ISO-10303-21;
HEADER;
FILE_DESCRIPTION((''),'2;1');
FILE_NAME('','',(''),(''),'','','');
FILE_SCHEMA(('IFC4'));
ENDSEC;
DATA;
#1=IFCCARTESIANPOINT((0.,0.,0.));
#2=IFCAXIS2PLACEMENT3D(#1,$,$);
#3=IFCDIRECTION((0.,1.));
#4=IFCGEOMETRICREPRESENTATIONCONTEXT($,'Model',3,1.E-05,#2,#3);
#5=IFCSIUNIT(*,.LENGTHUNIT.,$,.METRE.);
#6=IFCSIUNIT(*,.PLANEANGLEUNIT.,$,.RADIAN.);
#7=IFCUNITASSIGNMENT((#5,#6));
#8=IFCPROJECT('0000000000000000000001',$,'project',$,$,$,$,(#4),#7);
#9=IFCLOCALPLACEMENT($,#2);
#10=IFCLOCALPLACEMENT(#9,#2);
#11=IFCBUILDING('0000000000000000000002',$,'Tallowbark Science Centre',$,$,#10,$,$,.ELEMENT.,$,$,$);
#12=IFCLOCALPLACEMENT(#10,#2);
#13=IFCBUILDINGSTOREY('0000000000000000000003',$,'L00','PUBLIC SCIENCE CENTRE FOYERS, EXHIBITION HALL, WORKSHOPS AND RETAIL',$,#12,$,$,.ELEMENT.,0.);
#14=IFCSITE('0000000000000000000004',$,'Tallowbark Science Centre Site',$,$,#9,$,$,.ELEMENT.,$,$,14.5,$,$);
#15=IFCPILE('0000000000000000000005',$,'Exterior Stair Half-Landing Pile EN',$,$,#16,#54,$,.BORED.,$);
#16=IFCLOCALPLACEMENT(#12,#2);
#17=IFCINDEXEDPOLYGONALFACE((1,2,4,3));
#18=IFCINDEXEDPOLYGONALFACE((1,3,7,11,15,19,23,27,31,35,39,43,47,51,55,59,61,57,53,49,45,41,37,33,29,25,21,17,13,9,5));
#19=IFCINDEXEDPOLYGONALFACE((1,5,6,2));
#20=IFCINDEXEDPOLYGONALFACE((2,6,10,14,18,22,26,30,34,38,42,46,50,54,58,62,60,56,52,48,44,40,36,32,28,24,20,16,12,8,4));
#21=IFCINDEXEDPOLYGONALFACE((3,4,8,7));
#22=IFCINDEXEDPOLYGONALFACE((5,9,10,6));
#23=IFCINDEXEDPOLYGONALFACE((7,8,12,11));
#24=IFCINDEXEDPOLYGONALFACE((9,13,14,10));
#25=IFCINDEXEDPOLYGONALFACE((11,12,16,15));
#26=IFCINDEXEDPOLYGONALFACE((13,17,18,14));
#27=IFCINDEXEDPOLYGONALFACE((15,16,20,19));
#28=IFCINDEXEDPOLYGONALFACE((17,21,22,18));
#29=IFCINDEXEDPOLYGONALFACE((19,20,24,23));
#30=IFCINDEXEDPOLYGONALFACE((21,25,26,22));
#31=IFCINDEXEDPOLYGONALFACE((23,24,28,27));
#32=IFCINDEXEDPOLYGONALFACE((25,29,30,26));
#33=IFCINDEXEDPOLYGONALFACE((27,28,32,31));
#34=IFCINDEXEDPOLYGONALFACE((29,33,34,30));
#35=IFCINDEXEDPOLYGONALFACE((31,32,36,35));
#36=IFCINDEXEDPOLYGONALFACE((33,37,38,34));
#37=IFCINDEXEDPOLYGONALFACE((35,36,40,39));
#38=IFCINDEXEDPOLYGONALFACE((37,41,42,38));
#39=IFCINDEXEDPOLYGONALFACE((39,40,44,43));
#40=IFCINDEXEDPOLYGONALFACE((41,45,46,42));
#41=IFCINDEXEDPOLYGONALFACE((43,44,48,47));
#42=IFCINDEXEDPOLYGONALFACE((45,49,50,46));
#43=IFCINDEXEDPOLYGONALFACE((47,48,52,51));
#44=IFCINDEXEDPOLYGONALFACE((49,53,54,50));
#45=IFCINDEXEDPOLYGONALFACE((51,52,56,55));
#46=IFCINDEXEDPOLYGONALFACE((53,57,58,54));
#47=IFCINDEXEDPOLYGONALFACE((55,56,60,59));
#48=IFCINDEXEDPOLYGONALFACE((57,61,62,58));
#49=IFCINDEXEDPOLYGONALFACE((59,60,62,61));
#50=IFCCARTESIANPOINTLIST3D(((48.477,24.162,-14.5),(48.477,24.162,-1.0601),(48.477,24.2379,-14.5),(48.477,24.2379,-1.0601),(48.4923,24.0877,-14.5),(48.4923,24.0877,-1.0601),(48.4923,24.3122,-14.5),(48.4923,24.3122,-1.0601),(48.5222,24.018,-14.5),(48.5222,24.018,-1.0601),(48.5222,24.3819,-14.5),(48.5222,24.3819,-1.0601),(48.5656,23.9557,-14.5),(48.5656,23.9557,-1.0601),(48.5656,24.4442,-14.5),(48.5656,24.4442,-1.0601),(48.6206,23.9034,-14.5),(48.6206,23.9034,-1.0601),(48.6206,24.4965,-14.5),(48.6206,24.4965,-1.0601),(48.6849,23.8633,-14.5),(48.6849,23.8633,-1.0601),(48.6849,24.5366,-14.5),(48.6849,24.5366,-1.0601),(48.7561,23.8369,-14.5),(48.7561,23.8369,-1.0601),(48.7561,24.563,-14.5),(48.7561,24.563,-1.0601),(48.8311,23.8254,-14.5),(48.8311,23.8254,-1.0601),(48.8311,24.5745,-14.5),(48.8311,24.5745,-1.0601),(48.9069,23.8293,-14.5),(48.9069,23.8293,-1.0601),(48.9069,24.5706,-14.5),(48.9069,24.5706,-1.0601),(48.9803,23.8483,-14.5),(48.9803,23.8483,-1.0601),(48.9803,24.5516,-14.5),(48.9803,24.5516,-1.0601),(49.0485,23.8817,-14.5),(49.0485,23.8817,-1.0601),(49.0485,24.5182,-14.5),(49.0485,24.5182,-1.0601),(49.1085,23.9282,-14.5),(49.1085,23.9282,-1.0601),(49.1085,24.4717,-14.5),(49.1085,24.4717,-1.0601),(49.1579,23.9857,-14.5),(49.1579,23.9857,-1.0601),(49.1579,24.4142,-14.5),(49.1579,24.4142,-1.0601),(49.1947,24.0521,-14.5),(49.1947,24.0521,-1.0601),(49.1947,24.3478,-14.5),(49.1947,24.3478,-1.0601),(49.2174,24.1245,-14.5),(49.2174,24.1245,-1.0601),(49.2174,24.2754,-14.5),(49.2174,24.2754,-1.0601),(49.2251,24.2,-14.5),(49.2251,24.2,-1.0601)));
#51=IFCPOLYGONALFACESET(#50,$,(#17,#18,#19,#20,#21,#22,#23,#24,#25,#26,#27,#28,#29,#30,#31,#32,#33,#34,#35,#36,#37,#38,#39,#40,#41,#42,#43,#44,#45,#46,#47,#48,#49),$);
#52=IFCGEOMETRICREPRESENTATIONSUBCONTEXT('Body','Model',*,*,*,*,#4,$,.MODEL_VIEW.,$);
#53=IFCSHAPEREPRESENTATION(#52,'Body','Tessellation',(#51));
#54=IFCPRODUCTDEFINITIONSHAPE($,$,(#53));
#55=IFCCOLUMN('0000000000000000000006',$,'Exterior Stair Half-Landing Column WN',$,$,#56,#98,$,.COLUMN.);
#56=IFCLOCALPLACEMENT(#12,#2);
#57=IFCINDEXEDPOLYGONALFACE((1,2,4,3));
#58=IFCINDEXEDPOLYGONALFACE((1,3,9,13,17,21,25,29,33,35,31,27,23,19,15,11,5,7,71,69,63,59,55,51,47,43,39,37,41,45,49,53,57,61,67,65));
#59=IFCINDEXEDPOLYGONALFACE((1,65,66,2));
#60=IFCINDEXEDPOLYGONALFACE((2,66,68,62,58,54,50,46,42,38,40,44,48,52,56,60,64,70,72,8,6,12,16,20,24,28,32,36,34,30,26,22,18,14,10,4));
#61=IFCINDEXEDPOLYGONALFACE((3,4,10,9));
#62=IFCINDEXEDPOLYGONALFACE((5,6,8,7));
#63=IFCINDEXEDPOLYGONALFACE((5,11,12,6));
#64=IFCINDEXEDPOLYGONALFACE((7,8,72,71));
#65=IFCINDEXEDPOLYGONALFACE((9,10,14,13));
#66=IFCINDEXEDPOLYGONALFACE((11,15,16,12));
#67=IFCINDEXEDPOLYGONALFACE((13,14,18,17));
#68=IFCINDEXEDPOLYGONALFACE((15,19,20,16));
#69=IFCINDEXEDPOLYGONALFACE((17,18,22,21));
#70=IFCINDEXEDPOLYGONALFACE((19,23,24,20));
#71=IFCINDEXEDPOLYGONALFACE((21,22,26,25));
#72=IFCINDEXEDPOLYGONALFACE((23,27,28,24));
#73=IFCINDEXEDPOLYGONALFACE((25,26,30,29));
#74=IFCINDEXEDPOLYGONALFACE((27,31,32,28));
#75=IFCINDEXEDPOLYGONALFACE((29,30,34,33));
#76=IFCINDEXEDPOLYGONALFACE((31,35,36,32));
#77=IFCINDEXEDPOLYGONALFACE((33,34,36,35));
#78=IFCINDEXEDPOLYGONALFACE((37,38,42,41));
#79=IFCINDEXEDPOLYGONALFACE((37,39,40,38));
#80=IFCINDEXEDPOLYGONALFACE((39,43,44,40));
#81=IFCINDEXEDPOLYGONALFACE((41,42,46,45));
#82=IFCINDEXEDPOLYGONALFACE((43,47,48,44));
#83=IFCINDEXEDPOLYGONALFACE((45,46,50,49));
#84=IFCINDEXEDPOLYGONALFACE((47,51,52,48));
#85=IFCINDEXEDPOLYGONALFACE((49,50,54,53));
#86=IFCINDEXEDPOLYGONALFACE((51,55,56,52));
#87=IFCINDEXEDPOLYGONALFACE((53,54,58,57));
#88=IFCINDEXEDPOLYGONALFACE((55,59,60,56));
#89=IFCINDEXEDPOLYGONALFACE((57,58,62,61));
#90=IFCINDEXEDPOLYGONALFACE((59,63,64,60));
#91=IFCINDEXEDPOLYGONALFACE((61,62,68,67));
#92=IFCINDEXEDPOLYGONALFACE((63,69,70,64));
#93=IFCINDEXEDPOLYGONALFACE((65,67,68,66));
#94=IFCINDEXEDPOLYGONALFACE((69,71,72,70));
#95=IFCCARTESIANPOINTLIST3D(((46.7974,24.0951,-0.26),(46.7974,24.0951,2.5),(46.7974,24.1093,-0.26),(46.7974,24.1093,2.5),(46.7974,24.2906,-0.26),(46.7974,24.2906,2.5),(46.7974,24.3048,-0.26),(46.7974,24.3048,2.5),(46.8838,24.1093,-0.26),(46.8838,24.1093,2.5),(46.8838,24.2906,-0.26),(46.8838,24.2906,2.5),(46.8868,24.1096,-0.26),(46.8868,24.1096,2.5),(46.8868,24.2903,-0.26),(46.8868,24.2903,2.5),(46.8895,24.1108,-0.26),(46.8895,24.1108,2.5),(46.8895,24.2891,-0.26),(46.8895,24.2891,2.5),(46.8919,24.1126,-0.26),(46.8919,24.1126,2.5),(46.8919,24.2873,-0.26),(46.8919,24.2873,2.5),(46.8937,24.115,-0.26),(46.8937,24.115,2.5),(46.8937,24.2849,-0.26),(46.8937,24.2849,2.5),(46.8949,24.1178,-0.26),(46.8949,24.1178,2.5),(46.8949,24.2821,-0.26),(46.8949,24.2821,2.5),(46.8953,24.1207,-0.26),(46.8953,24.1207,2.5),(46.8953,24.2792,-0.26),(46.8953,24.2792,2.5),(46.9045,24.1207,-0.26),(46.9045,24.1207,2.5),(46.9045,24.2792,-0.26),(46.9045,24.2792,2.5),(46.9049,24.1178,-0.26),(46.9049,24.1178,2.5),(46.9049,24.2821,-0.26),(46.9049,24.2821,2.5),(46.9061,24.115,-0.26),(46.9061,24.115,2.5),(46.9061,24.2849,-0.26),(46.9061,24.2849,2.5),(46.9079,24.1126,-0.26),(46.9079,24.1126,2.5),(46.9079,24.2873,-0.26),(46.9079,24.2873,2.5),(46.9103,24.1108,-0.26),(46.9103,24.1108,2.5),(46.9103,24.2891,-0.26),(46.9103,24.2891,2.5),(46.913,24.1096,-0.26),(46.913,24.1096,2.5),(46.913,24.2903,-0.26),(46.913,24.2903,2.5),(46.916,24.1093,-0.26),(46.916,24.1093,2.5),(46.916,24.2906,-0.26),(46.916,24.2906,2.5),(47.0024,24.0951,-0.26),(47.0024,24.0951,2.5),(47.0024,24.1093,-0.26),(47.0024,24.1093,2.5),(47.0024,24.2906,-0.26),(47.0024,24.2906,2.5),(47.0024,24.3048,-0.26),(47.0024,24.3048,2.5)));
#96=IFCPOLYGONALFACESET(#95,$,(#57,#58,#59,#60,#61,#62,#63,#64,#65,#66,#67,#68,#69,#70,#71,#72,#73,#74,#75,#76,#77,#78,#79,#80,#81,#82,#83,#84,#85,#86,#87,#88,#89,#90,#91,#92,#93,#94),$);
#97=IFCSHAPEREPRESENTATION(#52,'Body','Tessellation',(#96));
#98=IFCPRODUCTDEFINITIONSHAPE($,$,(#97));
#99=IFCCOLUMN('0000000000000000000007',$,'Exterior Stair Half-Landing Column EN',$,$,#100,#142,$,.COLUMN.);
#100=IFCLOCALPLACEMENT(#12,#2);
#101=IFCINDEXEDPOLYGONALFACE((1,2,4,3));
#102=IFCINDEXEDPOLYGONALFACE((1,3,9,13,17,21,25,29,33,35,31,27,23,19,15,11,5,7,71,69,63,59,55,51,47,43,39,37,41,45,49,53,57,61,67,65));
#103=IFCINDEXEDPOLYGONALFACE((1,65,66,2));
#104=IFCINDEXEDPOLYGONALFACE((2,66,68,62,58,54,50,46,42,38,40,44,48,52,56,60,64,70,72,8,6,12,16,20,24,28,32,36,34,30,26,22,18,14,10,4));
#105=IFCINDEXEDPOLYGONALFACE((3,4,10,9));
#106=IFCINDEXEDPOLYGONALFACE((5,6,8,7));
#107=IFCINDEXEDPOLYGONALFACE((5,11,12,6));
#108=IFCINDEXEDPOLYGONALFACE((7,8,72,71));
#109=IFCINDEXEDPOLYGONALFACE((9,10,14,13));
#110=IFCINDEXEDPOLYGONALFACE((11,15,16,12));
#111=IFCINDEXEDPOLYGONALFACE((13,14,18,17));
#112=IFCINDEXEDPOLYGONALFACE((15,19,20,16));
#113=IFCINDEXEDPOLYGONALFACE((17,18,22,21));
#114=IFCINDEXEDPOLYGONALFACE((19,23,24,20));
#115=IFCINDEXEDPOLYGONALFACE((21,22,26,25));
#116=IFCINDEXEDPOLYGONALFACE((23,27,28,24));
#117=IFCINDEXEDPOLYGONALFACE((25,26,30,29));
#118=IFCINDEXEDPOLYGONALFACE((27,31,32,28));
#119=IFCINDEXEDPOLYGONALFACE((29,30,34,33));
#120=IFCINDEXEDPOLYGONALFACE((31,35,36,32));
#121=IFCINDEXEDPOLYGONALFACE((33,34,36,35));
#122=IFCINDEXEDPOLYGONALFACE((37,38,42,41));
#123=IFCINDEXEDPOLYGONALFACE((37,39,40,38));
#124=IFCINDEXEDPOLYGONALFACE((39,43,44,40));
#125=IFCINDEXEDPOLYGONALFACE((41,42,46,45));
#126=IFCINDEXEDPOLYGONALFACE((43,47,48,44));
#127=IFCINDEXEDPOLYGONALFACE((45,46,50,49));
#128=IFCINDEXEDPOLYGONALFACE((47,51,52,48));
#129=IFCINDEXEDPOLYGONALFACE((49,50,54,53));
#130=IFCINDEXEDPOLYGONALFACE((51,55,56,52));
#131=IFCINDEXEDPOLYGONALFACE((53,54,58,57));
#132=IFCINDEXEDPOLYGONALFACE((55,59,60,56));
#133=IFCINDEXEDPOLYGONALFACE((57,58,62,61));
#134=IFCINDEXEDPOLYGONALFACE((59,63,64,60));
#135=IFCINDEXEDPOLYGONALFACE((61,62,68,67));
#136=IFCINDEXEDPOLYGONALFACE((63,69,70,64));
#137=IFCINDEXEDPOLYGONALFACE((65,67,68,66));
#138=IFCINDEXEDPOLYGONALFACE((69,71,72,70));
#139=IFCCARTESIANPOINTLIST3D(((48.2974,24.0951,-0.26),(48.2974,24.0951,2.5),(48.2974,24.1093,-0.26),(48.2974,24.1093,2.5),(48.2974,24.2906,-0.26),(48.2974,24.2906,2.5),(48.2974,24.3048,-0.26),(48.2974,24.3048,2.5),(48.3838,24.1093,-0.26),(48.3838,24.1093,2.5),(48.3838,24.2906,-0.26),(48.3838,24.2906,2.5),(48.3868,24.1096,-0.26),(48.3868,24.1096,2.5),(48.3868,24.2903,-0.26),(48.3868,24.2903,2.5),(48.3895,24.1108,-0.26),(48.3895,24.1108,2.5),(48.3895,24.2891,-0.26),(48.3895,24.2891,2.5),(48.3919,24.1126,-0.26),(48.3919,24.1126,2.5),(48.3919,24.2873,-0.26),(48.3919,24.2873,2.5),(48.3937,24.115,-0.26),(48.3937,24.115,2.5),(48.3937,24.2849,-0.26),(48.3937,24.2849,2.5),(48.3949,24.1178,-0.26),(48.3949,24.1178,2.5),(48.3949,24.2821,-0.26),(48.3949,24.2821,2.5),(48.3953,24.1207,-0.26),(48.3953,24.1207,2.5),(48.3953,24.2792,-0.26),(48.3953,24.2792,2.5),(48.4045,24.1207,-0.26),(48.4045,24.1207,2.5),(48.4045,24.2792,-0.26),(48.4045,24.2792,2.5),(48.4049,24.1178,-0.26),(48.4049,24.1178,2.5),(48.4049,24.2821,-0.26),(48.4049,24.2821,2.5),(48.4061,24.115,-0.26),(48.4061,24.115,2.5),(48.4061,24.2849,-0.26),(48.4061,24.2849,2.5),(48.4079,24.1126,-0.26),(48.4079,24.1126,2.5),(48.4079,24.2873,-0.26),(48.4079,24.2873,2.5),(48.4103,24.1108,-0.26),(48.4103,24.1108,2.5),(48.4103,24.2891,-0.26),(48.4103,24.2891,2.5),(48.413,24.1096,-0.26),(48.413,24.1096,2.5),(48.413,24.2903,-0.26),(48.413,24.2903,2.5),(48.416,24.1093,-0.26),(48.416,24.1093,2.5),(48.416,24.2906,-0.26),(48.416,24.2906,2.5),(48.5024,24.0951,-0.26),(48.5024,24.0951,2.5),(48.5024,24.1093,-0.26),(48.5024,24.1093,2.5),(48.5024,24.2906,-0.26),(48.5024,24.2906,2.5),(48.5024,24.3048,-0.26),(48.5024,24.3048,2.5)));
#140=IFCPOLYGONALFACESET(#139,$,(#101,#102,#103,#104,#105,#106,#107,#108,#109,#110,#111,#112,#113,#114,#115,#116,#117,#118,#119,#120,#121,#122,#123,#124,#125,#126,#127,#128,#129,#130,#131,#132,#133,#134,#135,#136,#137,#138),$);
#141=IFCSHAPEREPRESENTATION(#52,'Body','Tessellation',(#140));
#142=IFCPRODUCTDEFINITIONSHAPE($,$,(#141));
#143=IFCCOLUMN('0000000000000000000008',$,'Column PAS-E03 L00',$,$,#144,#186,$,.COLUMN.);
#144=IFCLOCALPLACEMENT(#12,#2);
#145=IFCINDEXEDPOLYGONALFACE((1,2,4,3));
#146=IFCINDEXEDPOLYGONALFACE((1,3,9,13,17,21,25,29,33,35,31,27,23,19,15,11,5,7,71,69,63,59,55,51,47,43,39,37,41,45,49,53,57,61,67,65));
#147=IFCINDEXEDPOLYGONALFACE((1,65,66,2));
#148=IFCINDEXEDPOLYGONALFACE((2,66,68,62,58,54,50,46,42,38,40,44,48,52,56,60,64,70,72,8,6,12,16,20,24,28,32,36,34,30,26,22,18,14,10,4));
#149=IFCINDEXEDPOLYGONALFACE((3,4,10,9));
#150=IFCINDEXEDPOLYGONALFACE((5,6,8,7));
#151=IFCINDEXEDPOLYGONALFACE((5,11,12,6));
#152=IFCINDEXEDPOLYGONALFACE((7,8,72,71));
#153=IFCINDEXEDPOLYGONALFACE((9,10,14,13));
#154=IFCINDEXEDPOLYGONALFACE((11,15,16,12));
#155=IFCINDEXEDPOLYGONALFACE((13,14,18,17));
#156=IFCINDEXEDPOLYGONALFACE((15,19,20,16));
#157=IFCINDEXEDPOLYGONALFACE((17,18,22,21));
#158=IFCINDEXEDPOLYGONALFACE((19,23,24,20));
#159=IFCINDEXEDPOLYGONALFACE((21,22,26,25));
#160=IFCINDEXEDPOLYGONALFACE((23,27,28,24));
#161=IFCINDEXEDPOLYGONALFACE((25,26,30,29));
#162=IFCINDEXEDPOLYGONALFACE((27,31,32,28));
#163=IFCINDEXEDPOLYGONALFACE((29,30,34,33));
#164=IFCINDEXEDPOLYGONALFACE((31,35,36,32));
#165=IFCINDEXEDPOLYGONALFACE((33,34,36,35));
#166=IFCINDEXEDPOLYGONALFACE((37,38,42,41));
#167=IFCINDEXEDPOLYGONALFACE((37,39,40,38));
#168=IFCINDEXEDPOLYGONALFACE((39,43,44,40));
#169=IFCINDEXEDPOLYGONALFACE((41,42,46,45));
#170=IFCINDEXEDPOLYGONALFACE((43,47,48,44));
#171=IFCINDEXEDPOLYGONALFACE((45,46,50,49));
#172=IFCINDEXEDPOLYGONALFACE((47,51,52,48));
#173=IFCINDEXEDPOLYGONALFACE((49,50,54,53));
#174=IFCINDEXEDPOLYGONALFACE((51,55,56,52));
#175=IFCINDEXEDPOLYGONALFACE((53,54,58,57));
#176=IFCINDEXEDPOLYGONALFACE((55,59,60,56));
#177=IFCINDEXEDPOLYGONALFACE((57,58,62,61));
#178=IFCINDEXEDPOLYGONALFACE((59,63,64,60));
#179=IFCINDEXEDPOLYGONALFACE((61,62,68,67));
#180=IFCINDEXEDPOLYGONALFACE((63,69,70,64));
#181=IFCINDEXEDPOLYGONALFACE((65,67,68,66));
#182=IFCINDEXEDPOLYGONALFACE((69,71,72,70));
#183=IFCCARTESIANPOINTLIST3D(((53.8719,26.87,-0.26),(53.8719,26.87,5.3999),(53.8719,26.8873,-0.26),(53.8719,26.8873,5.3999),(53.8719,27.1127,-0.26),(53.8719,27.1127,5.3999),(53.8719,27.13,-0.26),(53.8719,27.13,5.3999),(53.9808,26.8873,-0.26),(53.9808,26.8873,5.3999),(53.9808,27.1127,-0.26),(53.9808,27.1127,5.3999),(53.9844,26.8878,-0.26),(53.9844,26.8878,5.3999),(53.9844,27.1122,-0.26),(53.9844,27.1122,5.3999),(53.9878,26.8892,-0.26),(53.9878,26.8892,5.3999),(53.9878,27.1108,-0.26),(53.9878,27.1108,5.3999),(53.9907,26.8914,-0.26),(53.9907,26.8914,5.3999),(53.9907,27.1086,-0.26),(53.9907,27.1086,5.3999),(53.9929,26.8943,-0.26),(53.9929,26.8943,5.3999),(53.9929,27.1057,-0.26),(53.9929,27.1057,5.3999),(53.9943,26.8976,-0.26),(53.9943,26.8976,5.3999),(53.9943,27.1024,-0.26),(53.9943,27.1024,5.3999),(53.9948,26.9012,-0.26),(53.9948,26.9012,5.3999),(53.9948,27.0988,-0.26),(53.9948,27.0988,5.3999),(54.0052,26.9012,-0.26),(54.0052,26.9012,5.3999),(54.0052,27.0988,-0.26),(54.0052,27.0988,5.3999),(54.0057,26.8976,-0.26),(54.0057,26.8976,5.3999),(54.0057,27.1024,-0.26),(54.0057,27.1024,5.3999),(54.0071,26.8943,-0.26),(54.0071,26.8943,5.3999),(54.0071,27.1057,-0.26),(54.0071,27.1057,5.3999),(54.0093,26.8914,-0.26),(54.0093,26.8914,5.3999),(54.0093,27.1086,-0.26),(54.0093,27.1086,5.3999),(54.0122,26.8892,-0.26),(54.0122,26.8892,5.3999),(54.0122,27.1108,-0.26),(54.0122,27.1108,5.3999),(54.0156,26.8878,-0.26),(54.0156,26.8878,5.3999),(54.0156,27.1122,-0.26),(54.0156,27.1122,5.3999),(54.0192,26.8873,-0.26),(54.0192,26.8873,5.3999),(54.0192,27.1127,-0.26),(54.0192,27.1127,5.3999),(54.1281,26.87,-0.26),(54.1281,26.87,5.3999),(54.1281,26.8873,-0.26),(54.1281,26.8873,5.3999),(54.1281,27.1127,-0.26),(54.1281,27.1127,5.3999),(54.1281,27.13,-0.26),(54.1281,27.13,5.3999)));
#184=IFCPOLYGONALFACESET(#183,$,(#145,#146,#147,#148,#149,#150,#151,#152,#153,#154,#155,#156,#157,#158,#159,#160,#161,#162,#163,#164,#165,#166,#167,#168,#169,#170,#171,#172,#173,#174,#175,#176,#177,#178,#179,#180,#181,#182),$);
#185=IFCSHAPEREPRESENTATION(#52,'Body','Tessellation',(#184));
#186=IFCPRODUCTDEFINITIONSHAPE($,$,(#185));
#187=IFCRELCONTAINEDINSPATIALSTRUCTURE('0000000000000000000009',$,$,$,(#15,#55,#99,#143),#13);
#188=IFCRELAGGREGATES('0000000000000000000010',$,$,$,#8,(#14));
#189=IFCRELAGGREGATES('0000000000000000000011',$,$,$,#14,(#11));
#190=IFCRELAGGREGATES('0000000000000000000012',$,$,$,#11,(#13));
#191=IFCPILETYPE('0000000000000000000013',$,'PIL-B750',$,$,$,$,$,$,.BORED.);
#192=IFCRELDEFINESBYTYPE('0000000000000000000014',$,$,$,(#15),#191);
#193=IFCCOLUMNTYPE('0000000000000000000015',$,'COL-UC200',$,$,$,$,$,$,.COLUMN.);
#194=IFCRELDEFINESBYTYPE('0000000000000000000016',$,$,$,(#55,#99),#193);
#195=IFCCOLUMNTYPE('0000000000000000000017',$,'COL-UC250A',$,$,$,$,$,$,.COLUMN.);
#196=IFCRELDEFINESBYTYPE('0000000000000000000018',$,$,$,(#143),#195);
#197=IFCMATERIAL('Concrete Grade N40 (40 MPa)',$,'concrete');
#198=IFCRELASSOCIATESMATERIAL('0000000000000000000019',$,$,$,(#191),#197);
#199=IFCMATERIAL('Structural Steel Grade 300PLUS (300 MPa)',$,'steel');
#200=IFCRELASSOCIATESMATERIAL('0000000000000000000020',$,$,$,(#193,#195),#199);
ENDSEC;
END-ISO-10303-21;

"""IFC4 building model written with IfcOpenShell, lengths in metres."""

from ifc_helpers import new_model, si_unit, direction, frame, origin, origin_2d, place, context, subcontext, project, spatial, circle, i_section, extrude, material, material_profile, profile_set, type_object, element, save


model = new_model("IFC4")

# Units and contexts
model_context = context("Model", 3, precision=1e-05, world=origin(), true_north=direction((0.0, 1.0)))
body_context = subcontext(model_context, "Body", "Model", "MODEL_VIEW")
ifc_project = project(units=[si_unit("LENGTHUNIT", "METRE"), si_unit("PLANEANGLEUNIT", "RADIAN")], contexts=[model_context])

# Site, building, storey
site_placement = place(None, origin())
site = spatial("IfcSite", under=ifc_project, at=site_placement, Name="Tallowbark Science Centre Site", CompositionType="ELEMENT", RefElevation=14.5)
building_placement = place(site_placement, origin())
building = spatial("IfcBuilding", under=site, at=building_placement, Name="Tallowbark Science Centre", CompositionType="ELEMENT")
storey_placement = place(building_placement, origin())
storey = spatial("IfcBuildingStorey", under=building, at=storey_placement, Name="L00", Description="PUBLIC SCIENCE CENTRE FOYERS, EXHIBITION HALL, WORKSHOPS AND RETAIL", CompositionType="ELEMENT", Elevation=0.0)

# Shared definitions
ifc_material_1 = material(Name="Concrete Grade N40 (40 MPa)", Category="concrete")

# Pile
ifc_material_profile_1 = material_profile(ifc_material_1, circle(Radius=0.375, at=origin_2d()), Name="PILE750")
ifc_profile_set_1 = profile_set([ifc_material_profile_1], Name="Concrete Grade N40 (40 MPa)")
pile_type = type_object("IfcPileType", Name="PIL-B750", PredefinedType="BORED", material=ifc_profile_set_1)
for number, where, z_axis, x_axis, name in (
    (1, (48.8501, 24.2, -1.0601), (0.0, 0.0, -1.0), (1.0, 0.0, 0.0), "Exterior Stair Half-Landing Pile EN"),
):
    element("IfcPile", number, at=place(storey_placement, frame(where, z_axis=z_axis, x_axis=x_axis)), inside=storey, type_object=pile_type, Name=name, PredefinedType="BORED", context=body_context, shape_type="SweptSolid", body=[
        extrude(circle(Radius=0.375, at=origin_2d()), origin(), (0.0, 0.0, 1.0), 13.4399),
    ])

# Columns
ifc_material_2 = material(Name="Structural Steel Grade 300PLUS (300 MPa)", Category="steel")
ifc_material_profile_2 = material_profile(ifc_material_2, i_section(OverallWidth=0.2051, OverallDepth=0.2097, WebThickness=0.0093, FlangeThickness=0.0142, FilletRadius=0.0115, at=origin_2d()), Name="200UC59.5")
ifc_profile_set_2 = profile_set([ifc_material_profile_2], Name="Structural Steel Grade 300PLUS (300 MPa)")
column_type_1 = type_object("IfcColumnType", Name="COL-UC200", PredefinedType="COLUMN", material=ifc_profile_set_2)
for number, where, z_axis, x_axis, name in (
    (2, (46.8999, 24.2, -0.26), (0.0, 0.0, 1.0), (1.0, 0.0, 0.0), "Exterior Stair Half-Landing Column WN"),
    (3, (48.3999, 24.2, -0.26), (0.0, 0.0, 1.0), (1.0, 0.0, 0.0), "Exterior Stair Half-Landing Column EN"),
):
    element("IfcColumn", number, at=place(storey_placement, frame(where, z_axis=z_axis, x_axis=x_axis)), inside=storey, type_object=column_type_1, Name=name, PredefinedType="COLUMN", context=body_context, shape_type="SweptSolid", body=[
        extrude(i_section(OverallWidth=0.2051, OverallDepth=0.2097, WebThickness=0.0093, FlangeThickness=0.0142, FilletRadius=0.0115, at=origin_2d()), origin(), (0.0, 0.0, 1.0), 2.76),
    ])
ifc_material_profile_3 = material_profile(ifc_material_2, i_section(OverallWidth=0.2561, OverallDepth=0.26, WebThickness=0.0105, FlangeThickness=0.0173, FilletRadius=0.0139, at=origin_2d()), Name="250UC89.5")
ifc_profile_set_3 = profile_set([ifc_material_profile_3], Name="Structural Steel Grade 300PLUS (300 MPa)")
column_type_2 = type_object("IfcColumnType", Name="COL-UC250A", PredefinedType="COLUMN", material=ifc_profile_set_3)
column_placement = place(storey_placement, frame((54.0, 27.0, -0.26), z_axis=(0.0, 0.0, 1.0), x_axis=(1.0, 0.0, 0.0)))
element("IfcColumn", 4, at=column_placement, inside=storey, type_object=column_type_2, Name="Column PAS-E03 L00", PredefinedType="COLUMN", context=body_context, shape_type="SweptSolid", body=[
    extrude(i_section(OverallWidth=0.2561, OverallDepth=0.26, WebThickness=0.0105, FlangeThickness=0.0173, FilletRadius=0.0139, at=origin_2d()), origin(), (0.0, 0.0, 1.0), 5.6599),
])

save(model, "model.ifc")
